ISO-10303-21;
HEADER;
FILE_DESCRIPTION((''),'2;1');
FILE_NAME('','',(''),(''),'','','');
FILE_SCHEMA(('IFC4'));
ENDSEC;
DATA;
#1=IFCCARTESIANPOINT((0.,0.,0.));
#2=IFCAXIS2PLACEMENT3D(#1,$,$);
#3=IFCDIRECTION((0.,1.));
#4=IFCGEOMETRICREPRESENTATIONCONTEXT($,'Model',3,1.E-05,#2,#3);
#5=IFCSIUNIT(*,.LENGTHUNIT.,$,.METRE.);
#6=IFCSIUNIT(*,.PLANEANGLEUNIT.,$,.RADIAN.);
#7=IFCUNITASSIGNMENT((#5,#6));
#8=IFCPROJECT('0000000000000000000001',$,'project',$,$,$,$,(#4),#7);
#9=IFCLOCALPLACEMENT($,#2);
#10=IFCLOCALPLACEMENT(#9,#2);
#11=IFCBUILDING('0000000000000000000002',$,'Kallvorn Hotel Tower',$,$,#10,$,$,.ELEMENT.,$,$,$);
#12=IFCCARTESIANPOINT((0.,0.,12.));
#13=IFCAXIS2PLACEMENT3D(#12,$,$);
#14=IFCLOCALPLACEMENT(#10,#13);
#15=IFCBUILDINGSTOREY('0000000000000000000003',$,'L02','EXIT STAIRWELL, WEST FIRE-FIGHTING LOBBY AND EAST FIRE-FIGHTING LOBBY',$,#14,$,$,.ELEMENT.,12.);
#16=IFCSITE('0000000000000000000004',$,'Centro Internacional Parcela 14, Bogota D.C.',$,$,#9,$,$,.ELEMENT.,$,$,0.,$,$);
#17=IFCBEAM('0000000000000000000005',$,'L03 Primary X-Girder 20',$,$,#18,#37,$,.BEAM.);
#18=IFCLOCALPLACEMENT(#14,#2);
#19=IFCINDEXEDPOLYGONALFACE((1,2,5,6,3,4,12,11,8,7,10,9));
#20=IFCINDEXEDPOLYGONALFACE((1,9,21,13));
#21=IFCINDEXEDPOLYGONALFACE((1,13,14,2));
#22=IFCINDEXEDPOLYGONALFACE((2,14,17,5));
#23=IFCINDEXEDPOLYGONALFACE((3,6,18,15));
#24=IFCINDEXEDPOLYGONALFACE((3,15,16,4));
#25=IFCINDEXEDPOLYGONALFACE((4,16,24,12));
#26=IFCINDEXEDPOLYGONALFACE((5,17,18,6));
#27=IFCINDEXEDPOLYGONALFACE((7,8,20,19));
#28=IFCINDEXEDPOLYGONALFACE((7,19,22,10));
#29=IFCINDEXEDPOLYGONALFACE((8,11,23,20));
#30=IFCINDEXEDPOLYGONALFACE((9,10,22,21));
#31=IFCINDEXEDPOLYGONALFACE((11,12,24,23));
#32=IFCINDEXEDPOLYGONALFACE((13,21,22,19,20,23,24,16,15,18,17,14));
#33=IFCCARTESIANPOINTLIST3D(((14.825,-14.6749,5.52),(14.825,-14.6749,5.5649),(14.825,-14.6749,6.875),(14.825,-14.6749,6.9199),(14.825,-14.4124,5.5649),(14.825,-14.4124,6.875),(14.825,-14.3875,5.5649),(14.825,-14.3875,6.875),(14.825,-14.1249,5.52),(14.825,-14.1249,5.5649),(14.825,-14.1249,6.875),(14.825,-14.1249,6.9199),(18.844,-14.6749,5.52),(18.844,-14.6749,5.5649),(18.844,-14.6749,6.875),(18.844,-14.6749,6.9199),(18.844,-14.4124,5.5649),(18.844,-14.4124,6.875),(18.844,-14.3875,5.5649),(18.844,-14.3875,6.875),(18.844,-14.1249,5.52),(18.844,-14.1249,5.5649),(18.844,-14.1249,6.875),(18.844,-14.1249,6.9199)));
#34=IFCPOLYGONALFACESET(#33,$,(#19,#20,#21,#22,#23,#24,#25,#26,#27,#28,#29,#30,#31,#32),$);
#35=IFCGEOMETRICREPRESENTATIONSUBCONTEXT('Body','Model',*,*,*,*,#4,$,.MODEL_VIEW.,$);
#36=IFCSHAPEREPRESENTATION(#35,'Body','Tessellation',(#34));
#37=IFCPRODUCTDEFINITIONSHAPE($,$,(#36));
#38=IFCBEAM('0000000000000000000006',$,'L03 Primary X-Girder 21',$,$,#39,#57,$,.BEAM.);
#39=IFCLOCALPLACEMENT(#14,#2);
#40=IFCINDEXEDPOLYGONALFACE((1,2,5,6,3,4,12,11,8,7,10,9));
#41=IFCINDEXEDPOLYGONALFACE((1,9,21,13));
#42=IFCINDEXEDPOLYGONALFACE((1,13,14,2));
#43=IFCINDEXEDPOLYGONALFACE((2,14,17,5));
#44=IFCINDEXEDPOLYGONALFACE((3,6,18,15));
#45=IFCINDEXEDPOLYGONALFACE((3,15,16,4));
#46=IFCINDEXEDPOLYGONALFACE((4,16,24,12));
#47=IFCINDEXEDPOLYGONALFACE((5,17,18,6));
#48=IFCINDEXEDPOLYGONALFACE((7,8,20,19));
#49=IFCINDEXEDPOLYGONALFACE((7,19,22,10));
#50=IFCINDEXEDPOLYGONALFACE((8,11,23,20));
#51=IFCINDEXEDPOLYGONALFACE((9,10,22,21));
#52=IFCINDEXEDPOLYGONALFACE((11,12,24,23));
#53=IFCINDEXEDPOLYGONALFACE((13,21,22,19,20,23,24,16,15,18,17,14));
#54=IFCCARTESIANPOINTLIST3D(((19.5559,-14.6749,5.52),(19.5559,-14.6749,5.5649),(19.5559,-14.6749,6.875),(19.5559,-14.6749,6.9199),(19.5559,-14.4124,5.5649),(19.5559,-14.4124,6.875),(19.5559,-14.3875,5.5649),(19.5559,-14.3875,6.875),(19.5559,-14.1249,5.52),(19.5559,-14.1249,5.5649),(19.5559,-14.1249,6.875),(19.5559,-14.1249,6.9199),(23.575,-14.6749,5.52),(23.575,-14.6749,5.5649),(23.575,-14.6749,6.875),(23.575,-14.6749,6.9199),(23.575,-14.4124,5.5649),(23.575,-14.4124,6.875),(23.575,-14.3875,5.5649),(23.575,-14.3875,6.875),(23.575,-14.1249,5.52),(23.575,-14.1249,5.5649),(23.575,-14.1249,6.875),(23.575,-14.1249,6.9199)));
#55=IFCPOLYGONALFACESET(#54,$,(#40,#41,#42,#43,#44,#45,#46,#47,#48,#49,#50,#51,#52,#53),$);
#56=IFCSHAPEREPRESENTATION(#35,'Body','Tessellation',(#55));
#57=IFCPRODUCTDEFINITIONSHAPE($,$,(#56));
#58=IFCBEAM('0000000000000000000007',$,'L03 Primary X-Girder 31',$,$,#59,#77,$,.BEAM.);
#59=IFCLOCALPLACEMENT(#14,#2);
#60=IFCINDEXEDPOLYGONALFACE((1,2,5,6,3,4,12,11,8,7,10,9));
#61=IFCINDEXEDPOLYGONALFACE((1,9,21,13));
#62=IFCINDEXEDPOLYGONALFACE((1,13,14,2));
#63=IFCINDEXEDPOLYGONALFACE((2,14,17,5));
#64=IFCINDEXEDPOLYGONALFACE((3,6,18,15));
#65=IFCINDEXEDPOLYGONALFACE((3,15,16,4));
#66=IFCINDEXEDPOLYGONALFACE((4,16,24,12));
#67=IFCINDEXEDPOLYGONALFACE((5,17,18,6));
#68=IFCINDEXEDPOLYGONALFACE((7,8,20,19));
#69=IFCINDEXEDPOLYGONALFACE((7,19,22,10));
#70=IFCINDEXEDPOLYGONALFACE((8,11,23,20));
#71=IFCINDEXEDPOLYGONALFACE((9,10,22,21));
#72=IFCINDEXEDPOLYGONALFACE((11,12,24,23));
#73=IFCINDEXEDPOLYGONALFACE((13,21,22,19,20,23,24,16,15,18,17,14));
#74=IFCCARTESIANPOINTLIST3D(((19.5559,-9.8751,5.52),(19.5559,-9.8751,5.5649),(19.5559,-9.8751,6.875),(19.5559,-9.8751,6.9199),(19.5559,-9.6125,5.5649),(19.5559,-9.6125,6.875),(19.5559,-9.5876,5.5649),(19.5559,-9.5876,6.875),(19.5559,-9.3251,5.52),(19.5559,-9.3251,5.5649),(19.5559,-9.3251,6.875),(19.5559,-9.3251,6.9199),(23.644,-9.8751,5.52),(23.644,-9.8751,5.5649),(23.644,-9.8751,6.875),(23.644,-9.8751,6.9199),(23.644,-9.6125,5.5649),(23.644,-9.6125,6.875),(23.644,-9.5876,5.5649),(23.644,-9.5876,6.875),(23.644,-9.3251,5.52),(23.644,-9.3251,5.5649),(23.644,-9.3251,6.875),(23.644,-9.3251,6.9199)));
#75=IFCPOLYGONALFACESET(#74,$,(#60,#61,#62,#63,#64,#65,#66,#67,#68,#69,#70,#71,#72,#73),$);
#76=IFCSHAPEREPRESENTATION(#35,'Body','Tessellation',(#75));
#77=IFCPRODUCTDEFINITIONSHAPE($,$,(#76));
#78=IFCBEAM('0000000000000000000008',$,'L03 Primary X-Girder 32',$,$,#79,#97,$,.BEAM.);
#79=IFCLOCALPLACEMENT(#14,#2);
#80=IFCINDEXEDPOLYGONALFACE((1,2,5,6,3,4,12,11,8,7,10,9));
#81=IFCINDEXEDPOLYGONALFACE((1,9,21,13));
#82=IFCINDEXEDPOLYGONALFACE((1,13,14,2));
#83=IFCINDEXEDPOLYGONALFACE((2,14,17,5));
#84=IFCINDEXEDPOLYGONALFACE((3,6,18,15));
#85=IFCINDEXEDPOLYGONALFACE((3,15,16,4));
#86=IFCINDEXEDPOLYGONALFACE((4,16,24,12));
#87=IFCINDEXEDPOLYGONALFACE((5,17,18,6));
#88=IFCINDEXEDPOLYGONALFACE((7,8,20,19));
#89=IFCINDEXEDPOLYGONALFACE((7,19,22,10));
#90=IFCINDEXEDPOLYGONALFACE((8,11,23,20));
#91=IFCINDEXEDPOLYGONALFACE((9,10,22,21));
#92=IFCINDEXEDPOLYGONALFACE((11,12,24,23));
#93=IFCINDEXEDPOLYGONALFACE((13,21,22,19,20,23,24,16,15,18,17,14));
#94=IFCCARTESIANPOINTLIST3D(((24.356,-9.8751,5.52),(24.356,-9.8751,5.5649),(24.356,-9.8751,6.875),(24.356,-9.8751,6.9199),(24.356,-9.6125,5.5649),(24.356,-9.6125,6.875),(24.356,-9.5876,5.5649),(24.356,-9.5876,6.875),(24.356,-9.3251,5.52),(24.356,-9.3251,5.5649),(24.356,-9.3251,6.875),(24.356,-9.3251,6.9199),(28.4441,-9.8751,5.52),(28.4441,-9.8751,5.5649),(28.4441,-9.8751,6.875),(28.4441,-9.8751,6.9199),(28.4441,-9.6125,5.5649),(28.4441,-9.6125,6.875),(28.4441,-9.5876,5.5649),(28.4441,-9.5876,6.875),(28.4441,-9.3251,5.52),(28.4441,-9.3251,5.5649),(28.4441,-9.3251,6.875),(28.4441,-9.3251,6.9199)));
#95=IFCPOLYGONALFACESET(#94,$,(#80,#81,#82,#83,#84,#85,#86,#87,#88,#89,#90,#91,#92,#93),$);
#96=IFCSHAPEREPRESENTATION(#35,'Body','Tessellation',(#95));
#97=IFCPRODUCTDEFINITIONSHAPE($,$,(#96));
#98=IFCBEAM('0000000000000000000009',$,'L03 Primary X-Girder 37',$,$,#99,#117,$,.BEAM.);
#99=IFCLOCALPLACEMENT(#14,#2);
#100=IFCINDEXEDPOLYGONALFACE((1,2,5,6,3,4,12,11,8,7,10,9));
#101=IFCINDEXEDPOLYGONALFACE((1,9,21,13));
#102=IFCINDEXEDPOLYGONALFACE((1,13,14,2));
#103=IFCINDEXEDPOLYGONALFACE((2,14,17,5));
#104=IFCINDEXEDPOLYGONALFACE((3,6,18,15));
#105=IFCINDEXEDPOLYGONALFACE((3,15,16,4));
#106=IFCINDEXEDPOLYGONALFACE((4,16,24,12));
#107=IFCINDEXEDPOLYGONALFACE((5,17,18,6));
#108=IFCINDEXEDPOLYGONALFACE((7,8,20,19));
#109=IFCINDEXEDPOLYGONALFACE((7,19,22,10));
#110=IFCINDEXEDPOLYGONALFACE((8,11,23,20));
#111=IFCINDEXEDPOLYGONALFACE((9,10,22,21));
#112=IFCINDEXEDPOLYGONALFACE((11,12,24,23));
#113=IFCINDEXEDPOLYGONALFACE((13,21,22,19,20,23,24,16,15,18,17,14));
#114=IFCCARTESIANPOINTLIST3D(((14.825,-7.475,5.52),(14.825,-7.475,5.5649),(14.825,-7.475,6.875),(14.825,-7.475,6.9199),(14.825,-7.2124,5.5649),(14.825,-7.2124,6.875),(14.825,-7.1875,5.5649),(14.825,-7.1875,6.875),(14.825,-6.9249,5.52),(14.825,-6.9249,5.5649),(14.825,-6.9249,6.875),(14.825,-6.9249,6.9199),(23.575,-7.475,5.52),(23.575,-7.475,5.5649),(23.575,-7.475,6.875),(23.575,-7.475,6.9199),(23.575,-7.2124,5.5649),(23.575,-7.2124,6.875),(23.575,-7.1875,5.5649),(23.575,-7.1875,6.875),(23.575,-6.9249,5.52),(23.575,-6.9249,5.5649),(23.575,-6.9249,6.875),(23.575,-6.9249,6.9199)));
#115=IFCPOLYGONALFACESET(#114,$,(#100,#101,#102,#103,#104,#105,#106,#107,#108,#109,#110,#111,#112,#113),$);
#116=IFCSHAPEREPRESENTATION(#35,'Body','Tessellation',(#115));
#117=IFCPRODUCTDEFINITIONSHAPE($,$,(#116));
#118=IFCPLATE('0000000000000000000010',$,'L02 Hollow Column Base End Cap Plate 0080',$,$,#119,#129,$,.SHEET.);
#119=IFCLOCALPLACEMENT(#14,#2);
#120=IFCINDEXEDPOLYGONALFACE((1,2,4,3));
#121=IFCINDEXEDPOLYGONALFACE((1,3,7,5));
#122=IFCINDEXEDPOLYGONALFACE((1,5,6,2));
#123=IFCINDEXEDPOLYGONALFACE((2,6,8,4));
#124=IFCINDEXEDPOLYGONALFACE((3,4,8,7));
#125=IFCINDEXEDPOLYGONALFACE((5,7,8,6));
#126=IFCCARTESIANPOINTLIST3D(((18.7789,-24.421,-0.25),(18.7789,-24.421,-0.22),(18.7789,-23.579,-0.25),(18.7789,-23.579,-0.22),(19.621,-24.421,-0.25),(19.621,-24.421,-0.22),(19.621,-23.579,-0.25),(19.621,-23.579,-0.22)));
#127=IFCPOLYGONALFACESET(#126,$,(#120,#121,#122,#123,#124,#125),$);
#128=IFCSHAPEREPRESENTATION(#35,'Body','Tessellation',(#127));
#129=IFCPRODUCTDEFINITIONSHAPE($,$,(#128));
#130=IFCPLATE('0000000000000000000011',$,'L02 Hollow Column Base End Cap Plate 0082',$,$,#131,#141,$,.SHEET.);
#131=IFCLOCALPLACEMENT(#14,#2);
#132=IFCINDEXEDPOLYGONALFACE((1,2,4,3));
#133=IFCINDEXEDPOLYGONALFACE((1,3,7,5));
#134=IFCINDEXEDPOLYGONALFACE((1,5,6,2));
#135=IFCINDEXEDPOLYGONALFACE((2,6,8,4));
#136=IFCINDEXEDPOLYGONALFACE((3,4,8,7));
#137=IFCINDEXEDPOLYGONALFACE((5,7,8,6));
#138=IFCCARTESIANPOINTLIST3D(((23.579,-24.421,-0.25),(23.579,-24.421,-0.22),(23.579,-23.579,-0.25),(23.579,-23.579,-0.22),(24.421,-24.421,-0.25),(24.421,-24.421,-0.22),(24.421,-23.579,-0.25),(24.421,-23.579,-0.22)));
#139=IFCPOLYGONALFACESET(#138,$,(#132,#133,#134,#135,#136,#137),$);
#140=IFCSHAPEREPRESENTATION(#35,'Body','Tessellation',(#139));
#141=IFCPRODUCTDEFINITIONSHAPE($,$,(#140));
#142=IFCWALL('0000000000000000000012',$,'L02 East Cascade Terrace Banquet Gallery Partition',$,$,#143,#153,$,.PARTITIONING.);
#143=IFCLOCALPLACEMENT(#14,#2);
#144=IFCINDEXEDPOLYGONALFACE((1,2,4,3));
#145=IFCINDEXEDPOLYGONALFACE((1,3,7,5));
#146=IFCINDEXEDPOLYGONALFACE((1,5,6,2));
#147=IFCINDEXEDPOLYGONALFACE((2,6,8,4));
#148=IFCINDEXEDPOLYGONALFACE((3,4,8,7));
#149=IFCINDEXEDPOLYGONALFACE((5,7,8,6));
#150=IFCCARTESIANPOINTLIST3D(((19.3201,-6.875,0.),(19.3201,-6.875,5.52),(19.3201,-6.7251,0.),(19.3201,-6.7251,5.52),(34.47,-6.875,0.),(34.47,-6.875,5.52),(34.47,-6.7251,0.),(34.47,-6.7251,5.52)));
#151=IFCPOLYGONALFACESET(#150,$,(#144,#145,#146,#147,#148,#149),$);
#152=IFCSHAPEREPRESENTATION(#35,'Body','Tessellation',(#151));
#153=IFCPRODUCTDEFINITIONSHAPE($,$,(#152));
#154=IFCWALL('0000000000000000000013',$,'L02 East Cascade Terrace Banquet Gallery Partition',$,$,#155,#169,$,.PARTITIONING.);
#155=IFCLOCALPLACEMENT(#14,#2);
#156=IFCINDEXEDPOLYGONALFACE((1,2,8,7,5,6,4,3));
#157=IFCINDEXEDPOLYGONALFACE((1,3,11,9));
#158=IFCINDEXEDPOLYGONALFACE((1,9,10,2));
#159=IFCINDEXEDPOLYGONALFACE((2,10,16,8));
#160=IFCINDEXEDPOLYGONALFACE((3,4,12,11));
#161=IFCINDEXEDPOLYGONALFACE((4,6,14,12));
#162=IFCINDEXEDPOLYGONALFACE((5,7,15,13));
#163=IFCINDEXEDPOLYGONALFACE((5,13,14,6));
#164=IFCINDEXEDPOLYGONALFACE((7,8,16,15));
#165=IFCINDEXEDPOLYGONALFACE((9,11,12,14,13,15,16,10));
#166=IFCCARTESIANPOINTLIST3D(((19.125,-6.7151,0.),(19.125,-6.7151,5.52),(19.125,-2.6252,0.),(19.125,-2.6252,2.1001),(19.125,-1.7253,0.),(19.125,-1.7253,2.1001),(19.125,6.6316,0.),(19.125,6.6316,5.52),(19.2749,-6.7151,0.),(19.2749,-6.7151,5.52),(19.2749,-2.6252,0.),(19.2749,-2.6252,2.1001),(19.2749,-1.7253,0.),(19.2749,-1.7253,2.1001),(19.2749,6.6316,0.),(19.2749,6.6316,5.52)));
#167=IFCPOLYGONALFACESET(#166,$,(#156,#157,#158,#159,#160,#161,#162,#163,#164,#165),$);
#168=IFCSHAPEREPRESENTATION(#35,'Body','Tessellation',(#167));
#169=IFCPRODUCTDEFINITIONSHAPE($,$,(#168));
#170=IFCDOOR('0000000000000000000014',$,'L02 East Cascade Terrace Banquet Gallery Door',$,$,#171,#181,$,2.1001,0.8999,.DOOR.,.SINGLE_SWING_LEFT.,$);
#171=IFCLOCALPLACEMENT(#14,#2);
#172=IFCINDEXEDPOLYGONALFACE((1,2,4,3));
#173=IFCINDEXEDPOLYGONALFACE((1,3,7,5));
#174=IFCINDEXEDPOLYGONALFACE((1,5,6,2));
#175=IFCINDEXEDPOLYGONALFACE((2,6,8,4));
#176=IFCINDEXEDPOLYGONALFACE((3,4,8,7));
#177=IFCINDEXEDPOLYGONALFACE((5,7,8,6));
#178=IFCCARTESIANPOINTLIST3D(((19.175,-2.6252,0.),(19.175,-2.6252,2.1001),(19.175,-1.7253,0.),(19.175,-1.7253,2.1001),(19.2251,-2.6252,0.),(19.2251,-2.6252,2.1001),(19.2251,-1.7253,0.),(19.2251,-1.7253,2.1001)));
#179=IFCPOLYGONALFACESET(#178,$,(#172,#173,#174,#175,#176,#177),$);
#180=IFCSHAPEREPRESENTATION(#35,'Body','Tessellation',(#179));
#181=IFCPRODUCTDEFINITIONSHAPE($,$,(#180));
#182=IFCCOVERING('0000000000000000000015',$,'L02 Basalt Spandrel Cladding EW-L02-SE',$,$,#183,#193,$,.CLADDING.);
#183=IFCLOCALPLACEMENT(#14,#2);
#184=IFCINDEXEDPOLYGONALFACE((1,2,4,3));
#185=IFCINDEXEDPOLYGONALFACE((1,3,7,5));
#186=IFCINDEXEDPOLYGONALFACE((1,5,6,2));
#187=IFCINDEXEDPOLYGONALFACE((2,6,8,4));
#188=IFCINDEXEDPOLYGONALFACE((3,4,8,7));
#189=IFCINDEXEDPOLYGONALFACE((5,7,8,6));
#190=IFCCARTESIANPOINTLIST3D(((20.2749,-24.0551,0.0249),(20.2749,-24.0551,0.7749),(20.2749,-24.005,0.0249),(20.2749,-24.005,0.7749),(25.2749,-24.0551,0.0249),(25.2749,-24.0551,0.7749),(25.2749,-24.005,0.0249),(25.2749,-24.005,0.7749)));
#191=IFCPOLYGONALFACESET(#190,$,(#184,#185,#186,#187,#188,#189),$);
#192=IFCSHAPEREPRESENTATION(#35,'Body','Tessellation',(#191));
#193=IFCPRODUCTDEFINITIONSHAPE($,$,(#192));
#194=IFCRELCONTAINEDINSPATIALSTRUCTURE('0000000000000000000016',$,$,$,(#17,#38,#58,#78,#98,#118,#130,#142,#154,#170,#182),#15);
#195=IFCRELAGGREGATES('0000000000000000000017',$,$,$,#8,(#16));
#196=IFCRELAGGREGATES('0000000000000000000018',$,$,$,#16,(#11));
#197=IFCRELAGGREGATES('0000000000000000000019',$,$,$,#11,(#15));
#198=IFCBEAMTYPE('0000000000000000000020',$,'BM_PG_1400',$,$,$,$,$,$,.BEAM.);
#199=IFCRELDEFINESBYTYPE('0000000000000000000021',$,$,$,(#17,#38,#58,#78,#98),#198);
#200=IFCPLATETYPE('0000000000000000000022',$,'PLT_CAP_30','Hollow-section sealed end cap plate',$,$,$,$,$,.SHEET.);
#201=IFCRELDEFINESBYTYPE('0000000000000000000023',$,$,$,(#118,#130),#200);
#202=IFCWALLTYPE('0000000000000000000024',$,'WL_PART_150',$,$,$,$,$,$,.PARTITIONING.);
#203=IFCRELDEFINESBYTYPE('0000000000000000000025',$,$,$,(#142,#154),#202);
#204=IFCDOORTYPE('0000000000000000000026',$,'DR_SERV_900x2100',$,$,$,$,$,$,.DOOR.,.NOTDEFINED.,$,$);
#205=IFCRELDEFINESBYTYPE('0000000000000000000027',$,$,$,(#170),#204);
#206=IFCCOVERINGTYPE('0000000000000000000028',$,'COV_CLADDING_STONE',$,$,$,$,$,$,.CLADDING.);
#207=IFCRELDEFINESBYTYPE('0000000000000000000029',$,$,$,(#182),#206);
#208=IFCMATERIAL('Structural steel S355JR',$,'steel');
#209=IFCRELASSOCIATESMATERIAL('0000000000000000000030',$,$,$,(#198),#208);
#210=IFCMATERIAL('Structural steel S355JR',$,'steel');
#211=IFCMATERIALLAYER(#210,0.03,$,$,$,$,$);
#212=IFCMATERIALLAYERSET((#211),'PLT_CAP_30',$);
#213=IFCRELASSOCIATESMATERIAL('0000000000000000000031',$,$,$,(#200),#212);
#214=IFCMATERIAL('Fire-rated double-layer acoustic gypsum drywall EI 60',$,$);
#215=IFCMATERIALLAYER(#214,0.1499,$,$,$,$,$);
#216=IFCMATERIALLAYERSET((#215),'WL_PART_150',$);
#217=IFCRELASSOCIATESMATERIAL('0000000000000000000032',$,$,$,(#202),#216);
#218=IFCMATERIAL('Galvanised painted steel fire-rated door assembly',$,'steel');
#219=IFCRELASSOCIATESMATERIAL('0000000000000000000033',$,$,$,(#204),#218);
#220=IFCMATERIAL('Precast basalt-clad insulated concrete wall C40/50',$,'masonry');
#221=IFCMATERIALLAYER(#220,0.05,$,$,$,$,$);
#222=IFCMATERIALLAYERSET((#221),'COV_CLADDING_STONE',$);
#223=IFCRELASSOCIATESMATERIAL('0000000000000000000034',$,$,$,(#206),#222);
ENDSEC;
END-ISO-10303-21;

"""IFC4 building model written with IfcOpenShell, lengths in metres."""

from ifc_helpers import new_model, si_unit, direction, frame, frame_2d, origin, origin_2d, place, context, subcontext, project, spatial, rectangle, i_section, extrude, material, layer, layer_set, material_profile, profile_set, type_object, element, fill, save


model = new_model("IFC4")

# Units and contexts
model_context = context("Model", 3, precision=1e-05, world=origin(), true_north=direction((0.0, 1.0)))
body_context = subcontext(model_context, "Body", "Model", "MODEL_VIEW")
ifc_project = project(units=[si_unit("LENGTHUNIT", "METRE"), si_unit("PLANEANGLEUNIT", "RADIAN")], contexts=[model_context])

# Site, building, storey
site_placement = place(None, origin())
site = spatial("IfcSite", under=ifc_project, at=site_placement, Name="Centro Internacional Parcela 14, Bogota D.C.", CompositionType="ELEMENT", RefElevation=0.0)
building_placement = place(site_placement, origin())
building = spatial("IfcBuilding", under=site, at=building_placement, Name="Kallvorn Hotel Tower", CompositionType="ELEMENT")
storey_placement = place(building_placement, frame((0.0, 0.0, 12.0)))
storey = spatial("IfcBuildingStorey", under=building, at=storey_placement, Name="L02", Description="EXIT STAIRWELL, WEST FIRE-FIGHTING LOBBY AND EAST FIRE-FIGHTING LOBBY", CompositionType="ELEMENT", Elevation=12.0)

# Beams
ifc_material_1 = material(Name="Structural steel S355JR", Category="steel")
ifc_material_profile_1 = material_profile(ifc_material_1, i_section(OverallWidth=0.55, OverallDepth=1.3999, WebThickness=0.0249, FlangeThickness=0.0449, at=origin_2d()), Name="PG 1400x550x25x45")
ifc_profile_set_1 = profile_set([ifc_material_profile_1], Name="Structural steel S355JR")
beam_type_1 = type_object("IfcBeamType", Name="BM_PG_1400", PredefinedType="BEAM", material=ifc_profile_set_1)
for number, where, z_axis, x_axis, name in (
    (1, (14.825, -14.3999, 6.22), (1.0, 0.0, 0.0), (0.0, 1.0, 0.0), "L03 Primary X-Girder 20"),
    (2, (19.5559, -14.3999, 6.22), (1.0, 0.0, 0.0), (0.0, 1.0, 0.0), "L03 Primary X-Girder 21"),
):
    element("IfcBeam", number, at=place(storey_placement, frame(where, z_axis=z_axis, x_axis=x_axis)), inside=storey, type_object=beam_type_1, Name=name, PredefinedType="BEAM", context=body_context, shape_type="SweptSolid", body=[
        extrude(i_section(OverallWidth=0.55, OverallDepth=1.3999, WebThickness=0.0249, FlangeThickness=0.0449, at=origin_2d()), origin(), (0.0, 0.0, 1.0), 4.019),
    ])
for number, where, z_axis, x_axis, name in (
    (3, (19.5559, -9.6001, 6.22), (1.0, 0.0, 0.0), (0.0, 1.0, 0.0), "L03 Primary X-Girder 31"),
    (4, (24.356, -9.6001, 6.22), (1.0, 0.0, 0.0), (0.0, 1.0, 0.0), "L03 Primary X-Girder 32"),
):
    element("IfcBeam", number, at=place(storey_placement, frame(where, z_axis=z_axis, x_axis=x_axis)), inside=storey, type_object=beam_type_1, Name=name, PredefinedType="BEAM", context=body_context, shape_type="SweptSolid", body=[
        extrude(i_section(OverallWidth=0.55, OverallDepth=1.3999, WebThickness=0.0249, FlangeThickness=0.0449, at=origin_2d()), origin(), (0.0, 0.0, 1.0), 4.0881),
    ])
beam_1_placement = place(storey_placement, frame((14.825, -7.2, 6.22), z_axis=(1.0, 0.0, 0.0), x_axis=(0.0, 1.0, 0.0)))
element("IfcBeam", 5, at=beam_1_placement, inside=storey, type_object=beam_type_1, Name="L03 Primary X-Girder 37", PredefinedType="BEAM", context=body_context, shape_type="SweptSolid", body=[
    extrude(i_section(OverallWidth=0.55, OverallDepth=1.3999, WebThickness=0.0249, FlangeThickness=0.0449, at=origin_2d()), origin(), (0.0, 0.0, 1.0), 8.75),
])

# Plates
ifc_material_2 = material(Name="Structural steel S355JR", Category="steel")
ifc_layer_1 = layer(ifc_material_2, 0.03)
ifc_layer_set_1 = layer_set([ifc_layer_1], Name="PLT_CAP_30")
plate_type = type_object("IfcPlateType", Name="PLT_CAP_30", Description="Hollow-section sealed end cap plate", PredefinedType="SHEET", material=ifc_layer_set_1)
for number, where, z_axis, x_axis, name in (
    (6, (19.2, -24.0, -0.25), (0.0, 0.0, 1.0), (1.0, 0.0, 0.0), "L02 Hollow Column Base End Cap Plate 0080"),
    (7, (24.0, -24.0, -0.25), (0.0, 0.0, 1.0), (1.0, 0.0, 0.0), "L02 Hollow Column Base End Cap Plate 0082"),
):
    element("IfcPlate", number, at=place(storey_placement, frame(where, z_axis=z_axis, x_axis=x_axis)), inside=storey, type_object=plate_type, Name=name, PredefinedType="SHEET", context=body_context, shape_type="SweptSolid", body=[
        extrude(rectangle(XDim=0.842, YDim=0.842, at=origin_2d()), origin(), (0.0, 0.0, 1.0), 0.03),
    ])

# Wall
ifc_material_3 = material(Name="Fire-rated double-layer acoustic gypsum drywall EI 60")
ifc_layer_2 = layer(ifc_material_3, 0.1499)
ifc_layer_set_2 = layer_set([ifc_layer_2], Name="WL_PART_150")
wall_type = type_object("IfcWallType", Name="WL_PART_150", PredefinedType="PARTITIONING", material=ifc_layer_set_2)
wall_1_placement = place(storey_placement, frame((19.3201, -6.8, 0.0), z_axis=(0.0, 0.0, 1.0), x_axis=(1.0, 0.0, 0.0)))
element("IfcWall", 8, at=wall_1_placement, inside=storey, type_object=wall_type, Name="L02 East Cascade Terrace Banquet Gallery Partition", PredefinedType="PARTITIONING", context=body_context, shape_type="SweptSolid", body=[
    extrude(rectangle(XDim=15.1499, YDim=0.1499, at=frame_2d((7.575, 0.0))), origin(), (0.0, 0.0, 1.0), 5.52),
])

# Wall, opening, door
wall_2_placement = place(storey_placement, frame((19.2, -6.7151, 0.0), z_axis=(0.0, 0.0, 1.0), x_axis=(0.0, 1.0, 0.0)))
wall_2 = element("IfcWall", 9, at=wall_2_placement, inside=storey, type_object=wall_type, Name="L02 East Cascade Terrace Banquet Gallery Partition", PredefinedType="PARTITIONING", context=body_context, shape_type="SweptSolid", body=[
    extrude(rectangle(XDim=13.3467, YDim=0.1499, at=frame_2d((6.6733, 0.0))), origin(), (0.0, 0.0, 1.0), 5.52),
])
opening_placement = place(wall_2_placement, frame((4.0898, 0.0, 0.0)))
opening = element("IfcOpeningElement", 10, at=opening_placement, cuts=wall_2, PredefinedType="OPENING", context=body_context, shape_type="SweptSolid", body=[
    extrude(rectangle(XDim=0.8999, YDim=2.1001, at=frame_2d((0.45, 1.05))), frame((0.0, 0.0898, 0.0), z_axis=(0.0, -1.0, 0.0), x_axis=(1.0, 0.0, 0.0)), (0.0, 0.0, 1.0), 0.1799),
])
ifc_material_4 = material(Name="Galvanised painted steel fire-rated door assembly", Category="steel")
door_type = type_object("IfcDoorType", Name="DR_SERV_900x2100", OperationType="NOTDEFINED", PredefinedType="DOOR", material=ifc_material_4)
door_placement = place(opening_placement, origin())
door = element("IfcDoor", 11, at=door_placement, inside=storey, type_object=door_type, Name="L02 East Cascade Terrace Banquet Gallery Door", OperationType="SINGLE_SWING_LEFT", OverallHeight=2.1001, OverallWidth=0.8999, PredefinedType="DOOR", context=body_context, shape_type="SweptSolid", body=[
    extrude(rectangle(XDim=0.8999, YDim=2.1001, at=frame_2d((0.45, 1.05))), frame((0.0, 0.0249, 0.0), z_axis=(0.0, -1.0, 0.0), x_axis=(1.0, 0.0, 0.0)), (0.0, 0.0, 1.0), 0.05),
])
fill(opening, door)

# Covering
ifc_material_5 = material(Name="Precast basalt-clad insulated concrete wall C40/50", Category="masonry")
ifc_layer_3 = layer(ifc_material_5, 0.05)
ifc_layer_set_3 = layer_set([ifc_layer_3], Name="COV_CLADDING_STONE")
covering_type = type_object("IfcCoveringType", Name="COV_CLADDING_STONE", PredefinedType="CLADDING", material=ifc_layer_set_3)
covering_placement = place(storey_placement, frame((22.7749, -24.03, 0.0249), z_axis=(0.0, 0.0, 1.0), x_axis=(1.0, 0.0, 0.0)))
element("IfcCovering", 12, at=covering_placement, inside=storey, type_object=covering_type, Name="L02 Basalt Spandrel Cladding EW-L02-SE", PredefinedType="CLADDING", context=body_context, shape_type="SweptSolid", body=[
    extrude(rectangle(XDim=5.0, YDim=0.05, at=origin_2d()), origin(), (0.0, 0.0, 1.0), 0.75),
])

save(model, "model.ifc")
